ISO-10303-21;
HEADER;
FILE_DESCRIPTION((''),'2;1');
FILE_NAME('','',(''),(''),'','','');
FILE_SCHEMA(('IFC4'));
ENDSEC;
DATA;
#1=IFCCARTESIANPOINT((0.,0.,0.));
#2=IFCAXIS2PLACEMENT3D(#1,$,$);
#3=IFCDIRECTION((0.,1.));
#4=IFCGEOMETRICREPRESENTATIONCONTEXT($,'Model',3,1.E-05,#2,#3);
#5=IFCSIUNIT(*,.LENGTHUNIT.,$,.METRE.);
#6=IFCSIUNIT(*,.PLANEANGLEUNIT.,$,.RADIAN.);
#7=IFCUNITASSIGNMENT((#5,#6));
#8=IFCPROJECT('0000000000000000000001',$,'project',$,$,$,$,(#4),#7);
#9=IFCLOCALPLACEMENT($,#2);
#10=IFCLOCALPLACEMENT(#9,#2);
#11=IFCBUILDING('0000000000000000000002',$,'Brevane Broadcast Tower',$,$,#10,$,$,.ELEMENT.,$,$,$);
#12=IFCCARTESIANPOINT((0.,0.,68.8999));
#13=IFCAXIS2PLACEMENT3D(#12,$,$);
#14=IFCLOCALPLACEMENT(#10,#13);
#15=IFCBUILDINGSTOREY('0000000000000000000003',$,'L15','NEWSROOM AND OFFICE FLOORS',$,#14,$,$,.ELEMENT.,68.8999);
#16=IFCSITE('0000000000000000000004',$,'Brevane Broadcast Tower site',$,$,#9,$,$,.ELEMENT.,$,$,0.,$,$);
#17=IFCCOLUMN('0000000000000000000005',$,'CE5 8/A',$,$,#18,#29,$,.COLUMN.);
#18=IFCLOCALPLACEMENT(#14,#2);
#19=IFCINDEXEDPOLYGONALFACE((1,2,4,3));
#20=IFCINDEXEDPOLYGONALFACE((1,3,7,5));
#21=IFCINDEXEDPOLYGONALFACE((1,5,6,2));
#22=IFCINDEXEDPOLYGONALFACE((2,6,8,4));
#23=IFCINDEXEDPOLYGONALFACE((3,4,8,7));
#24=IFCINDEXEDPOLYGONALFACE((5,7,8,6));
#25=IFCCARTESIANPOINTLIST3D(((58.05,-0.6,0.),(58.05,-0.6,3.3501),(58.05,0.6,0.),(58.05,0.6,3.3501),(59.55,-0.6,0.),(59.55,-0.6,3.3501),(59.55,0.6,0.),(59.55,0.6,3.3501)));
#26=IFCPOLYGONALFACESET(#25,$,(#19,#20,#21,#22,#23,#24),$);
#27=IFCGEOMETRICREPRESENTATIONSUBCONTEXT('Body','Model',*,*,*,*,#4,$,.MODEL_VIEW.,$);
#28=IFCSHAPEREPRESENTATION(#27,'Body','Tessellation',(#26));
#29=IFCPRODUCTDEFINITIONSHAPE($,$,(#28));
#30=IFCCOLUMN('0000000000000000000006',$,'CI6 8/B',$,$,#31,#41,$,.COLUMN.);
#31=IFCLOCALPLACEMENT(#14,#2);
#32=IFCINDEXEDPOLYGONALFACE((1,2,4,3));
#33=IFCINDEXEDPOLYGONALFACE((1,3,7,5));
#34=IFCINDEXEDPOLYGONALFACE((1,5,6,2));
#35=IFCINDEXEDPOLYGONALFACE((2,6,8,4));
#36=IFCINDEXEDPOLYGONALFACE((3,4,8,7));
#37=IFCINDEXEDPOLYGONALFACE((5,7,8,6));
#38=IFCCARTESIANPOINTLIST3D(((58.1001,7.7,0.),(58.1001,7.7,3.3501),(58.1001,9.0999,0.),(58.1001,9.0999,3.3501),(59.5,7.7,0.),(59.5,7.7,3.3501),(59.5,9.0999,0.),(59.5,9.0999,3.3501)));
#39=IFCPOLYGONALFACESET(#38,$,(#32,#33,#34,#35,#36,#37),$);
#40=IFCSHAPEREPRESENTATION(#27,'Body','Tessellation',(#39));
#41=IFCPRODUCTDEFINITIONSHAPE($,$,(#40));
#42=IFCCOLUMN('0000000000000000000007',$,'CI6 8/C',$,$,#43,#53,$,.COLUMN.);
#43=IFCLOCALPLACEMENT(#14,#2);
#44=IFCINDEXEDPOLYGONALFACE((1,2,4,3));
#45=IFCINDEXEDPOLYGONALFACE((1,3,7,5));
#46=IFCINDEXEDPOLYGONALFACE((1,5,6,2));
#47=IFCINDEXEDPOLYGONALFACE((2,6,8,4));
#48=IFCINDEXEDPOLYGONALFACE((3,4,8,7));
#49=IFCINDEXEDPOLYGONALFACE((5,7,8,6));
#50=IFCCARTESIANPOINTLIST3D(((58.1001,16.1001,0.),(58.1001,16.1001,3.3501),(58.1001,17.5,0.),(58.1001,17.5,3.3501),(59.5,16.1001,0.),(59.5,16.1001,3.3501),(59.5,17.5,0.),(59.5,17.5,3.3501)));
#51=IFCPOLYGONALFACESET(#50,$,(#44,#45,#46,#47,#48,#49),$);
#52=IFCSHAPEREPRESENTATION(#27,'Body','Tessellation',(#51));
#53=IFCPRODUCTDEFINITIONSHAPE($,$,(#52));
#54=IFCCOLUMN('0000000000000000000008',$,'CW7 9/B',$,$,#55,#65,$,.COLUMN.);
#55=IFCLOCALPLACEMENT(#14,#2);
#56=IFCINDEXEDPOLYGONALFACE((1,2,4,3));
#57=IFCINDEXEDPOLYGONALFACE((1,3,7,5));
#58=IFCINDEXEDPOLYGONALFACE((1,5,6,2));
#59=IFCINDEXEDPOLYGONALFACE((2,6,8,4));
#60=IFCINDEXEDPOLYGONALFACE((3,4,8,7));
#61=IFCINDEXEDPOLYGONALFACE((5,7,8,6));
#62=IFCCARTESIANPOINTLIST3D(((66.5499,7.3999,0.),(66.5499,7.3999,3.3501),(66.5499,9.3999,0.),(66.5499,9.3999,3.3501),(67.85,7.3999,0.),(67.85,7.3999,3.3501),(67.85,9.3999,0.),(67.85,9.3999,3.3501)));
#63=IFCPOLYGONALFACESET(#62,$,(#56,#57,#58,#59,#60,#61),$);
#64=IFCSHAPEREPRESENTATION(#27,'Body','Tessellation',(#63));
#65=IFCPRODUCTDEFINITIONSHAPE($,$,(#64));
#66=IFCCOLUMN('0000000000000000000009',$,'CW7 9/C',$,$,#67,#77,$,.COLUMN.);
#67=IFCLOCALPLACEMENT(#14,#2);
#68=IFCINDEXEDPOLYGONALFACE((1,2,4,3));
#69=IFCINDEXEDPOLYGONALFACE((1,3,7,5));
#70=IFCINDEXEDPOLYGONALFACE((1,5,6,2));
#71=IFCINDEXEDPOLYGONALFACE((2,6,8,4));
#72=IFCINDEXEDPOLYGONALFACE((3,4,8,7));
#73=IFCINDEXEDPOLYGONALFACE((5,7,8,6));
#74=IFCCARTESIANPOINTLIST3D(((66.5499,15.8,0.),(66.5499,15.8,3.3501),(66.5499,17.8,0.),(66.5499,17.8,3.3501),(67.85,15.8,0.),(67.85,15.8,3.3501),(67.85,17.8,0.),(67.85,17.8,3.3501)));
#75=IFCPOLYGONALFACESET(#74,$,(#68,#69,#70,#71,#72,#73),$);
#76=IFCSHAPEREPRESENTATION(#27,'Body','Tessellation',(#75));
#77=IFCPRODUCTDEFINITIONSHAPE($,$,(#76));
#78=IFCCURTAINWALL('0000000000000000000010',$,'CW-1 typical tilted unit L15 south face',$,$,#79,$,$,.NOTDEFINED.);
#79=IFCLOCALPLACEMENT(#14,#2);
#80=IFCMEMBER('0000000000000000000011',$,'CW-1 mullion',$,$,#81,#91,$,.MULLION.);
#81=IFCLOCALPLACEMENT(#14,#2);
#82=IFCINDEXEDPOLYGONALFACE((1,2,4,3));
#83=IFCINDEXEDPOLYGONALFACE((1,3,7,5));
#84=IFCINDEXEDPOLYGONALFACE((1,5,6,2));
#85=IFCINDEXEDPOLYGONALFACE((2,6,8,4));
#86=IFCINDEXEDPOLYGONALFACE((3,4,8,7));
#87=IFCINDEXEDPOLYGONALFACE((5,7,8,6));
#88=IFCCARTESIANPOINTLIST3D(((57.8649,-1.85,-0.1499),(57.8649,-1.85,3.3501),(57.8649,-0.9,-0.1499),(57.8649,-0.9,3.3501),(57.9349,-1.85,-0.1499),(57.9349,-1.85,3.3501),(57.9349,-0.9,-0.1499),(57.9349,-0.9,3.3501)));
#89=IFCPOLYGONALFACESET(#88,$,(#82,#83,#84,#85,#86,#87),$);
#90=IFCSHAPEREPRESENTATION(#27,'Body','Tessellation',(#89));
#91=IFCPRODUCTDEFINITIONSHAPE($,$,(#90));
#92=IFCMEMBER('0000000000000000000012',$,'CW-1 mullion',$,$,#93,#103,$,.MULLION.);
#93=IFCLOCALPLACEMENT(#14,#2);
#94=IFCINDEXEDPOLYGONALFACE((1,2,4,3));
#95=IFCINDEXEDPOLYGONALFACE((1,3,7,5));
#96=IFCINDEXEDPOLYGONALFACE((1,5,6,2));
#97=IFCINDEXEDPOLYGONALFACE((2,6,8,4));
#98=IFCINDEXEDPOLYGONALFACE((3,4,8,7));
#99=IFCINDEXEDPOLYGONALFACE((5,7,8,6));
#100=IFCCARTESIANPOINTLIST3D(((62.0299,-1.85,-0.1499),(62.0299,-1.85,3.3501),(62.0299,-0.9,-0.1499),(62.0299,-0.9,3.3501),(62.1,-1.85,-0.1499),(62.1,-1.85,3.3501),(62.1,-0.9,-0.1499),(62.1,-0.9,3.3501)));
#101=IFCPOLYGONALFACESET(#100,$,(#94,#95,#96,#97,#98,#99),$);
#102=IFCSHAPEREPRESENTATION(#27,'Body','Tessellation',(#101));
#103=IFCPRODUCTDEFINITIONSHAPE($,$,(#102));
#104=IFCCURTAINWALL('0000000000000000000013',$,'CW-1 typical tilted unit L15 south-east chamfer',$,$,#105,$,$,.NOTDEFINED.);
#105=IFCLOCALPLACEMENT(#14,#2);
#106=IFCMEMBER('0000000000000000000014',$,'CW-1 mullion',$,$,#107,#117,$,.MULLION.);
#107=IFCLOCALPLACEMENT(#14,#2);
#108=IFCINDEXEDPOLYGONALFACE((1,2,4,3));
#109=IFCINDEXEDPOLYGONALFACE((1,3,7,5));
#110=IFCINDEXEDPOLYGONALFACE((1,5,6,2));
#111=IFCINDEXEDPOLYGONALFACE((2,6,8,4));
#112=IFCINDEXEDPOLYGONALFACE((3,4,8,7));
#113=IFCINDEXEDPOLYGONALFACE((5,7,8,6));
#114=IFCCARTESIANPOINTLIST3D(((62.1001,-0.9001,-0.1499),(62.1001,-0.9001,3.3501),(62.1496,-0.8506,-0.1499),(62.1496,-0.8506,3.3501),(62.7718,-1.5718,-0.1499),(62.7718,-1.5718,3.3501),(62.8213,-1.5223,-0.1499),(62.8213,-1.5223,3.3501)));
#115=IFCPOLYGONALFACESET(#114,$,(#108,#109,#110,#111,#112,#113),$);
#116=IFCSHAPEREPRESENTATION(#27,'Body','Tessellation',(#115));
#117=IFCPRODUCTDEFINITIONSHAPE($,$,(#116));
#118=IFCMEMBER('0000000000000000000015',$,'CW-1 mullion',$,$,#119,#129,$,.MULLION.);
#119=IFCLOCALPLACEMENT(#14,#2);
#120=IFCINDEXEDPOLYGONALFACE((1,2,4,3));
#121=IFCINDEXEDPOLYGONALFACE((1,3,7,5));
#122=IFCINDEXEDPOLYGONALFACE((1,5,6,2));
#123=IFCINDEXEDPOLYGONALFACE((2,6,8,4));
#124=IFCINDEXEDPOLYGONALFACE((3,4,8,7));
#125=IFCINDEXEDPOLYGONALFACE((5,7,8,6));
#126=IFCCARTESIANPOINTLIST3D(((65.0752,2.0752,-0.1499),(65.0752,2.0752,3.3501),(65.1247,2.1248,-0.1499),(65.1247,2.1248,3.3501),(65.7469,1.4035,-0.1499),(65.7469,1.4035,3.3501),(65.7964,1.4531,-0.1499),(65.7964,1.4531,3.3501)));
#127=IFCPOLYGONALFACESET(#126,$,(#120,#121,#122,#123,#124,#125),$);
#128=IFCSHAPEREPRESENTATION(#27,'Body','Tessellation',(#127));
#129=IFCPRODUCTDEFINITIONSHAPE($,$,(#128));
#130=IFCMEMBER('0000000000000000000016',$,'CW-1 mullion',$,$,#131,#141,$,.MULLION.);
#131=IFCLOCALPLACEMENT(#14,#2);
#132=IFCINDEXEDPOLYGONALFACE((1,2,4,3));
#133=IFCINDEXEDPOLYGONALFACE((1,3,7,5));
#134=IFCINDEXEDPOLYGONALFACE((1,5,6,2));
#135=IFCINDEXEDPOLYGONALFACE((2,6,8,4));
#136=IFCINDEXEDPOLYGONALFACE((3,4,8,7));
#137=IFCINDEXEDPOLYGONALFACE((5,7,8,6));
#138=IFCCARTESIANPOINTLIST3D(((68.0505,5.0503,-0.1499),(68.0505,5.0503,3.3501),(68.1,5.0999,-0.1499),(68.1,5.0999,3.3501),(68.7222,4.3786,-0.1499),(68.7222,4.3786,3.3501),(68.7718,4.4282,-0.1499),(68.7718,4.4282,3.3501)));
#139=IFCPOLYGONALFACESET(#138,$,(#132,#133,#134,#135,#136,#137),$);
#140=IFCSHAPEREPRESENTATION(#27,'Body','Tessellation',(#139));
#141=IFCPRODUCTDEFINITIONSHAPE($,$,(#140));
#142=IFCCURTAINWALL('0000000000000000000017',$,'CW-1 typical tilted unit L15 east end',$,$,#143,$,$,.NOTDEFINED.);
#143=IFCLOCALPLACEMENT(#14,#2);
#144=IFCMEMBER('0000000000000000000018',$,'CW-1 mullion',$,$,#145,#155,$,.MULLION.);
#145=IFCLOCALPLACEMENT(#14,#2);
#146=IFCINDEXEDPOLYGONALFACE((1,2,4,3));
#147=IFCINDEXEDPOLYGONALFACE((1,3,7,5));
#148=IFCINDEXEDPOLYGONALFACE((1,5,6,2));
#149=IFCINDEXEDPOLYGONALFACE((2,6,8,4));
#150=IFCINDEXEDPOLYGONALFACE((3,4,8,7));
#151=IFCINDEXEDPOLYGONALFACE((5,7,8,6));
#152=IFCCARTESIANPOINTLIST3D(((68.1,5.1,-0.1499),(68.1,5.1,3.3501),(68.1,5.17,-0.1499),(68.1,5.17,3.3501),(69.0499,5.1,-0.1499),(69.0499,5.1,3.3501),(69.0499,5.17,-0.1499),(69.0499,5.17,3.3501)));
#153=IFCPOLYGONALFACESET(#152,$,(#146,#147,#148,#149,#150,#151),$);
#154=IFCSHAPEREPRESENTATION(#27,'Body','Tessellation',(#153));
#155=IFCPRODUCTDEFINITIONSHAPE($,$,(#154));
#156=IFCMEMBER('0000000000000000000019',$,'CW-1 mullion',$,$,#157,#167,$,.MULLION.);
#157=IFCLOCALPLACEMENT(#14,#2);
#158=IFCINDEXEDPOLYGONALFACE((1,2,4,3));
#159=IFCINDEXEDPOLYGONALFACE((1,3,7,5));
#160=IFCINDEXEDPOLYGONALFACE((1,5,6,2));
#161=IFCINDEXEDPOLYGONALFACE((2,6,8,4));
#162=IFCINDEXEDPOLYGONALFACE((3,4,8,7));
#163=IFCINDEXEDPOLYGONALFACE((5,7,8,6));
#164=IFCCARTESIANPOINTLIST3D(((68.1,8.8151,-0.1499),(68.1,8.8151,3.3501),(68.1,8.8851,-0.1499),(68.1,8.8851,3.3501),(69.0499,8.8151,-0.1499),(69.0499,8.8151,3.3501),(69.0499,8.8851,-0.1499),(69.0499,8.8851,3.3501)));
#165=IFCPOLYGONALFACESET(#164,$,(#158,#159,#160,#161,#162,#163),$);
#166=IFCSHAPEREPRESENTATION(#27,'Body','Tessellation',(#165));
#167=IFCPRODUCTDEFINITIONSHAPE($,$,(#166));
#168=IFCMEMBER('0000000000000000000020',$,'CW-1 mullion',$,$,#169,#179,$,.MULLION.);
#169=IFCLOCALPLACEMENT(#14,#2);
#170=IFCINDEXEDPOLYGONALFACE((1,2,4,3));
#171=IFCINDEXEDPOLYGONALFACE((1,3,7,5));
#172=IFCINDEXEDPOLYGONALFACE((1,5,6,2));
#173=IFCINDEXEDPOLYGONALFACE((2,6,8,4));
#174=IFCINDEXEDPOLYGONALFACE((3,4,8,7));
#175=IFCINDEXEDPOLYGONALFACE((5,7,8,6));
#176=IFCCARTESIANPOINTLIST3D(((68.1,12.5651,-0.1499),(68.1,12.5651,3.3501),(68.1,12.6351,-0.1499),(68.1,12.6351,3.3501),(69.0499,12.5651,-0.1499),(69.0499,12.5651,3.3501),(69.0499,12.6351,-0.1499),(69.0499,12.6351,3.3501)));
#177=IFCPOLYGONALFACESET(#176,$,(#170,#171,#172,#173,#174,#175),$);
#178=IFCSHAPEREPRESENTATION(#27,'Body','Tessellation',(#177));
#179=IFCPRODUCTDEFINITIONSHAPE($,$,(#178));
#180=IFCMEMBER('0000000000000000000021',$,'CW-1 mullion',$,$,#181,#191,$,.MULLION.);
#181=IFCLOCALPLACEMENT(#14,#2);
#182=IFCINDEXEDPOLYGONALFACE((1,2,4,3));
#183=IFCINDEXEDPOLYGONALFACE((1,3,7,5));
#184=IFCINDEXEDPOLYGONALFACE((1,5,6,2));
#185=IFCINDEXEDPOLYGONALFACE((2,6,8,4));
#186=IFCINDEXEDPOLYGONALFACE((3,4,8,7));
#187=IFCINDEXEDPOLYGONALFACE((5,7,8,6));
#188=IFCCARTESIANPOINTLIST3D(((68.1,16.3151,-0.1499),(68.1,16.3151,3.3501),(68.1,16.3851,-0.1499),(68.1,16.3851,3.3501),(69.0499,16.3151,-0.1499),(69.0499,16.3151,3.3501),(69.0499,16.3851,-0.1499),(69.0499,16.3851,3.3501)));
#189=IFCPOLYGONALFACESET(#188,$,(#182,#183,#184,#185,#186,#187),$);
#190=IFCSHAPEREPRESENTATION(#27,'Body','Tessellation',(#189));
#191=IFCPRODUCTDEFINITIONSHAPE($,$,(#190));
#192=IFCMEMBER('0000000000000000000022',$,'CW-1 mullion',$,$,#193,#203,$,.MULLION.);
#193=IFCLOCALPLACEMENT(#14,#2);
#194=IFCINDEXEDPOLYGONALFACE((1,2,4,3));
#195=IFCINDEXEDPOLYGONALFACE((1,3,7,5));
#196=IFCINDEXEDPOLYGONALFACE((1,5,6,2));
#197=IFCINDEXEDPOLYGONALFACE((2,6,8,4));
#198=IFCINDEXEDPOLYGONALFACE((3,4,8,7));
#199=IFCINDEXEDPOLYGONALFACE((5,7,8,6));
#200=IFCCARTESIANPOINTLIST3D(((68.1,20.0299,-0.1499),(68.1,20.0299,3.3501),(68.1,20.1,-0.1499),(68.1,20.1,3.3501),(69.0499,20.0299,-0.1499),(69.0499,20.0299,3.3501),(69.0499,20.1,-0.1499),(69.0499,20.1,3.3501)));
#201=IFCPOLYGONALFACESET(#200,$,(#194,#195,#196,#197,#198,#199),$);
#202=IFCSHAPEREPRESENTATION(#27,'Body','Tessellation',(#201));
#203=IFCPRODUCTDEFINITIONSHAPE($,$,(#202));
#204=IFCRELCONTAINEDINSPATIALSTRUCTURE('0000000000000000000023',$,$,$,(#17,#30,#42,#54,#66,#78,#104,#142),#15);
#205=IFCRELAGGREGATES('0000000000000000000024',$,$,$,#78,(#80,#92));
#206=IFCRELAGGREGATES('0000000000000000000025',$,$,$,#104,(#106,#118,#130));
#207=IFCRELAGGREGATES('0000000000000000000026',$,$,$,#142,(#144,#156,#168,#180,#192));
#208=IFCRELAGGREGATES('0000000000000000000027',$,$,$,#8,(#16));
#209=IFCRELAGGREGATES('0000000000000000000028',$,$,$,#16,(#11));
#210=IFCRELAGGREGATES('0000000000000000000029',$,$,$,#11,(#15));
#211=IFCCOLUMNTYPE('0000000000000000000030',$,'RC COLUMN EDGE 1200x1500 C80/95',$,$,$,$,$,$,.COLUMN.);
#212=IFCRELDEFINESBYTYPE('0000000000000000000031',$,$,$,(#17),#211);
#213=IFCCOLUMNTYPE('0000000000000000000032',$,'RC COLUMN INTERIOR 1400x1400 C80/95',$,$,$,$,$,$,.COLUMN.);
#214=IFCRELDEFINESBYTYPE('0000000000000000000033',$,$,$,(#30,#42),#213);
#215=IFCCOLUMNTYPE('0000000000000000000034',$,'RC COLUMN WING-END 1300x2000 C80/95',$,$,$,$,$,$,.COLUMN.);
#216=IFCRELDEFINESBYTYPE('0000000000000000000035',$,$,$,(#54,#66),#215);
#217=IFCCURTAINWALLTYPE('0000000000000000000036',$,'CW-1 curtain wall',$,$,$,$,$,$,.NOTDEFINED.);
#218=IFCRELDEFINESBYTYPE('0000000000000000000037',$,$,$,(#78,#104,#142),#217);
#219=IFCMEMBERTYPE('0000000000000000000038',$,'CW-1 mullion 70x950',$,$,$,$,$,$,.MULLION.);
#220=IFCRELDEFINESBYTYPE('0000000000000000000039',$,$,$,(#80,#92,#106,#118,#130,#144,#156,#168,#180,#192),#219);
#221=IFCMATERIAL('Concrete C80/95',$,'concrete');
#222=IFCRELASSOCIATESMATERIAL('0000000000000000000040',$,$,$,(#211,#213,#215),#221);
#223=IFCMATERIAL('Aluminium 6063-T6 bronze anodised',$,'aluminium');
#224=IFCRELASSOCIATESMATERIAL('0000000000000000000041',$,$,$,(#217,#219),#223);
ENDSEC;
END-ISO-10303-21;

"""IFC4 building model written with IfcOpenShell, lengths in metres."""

from ifc_helpers import new_model, si_unit, direction, frame, origin, origin_2d, place, context, subcontext, project, spatial, rectangle, extrude, material, material_profile, profile_set, type_object, element, aggregate, save


model = new_model("IFC4")

# Units and contexts
model_context = context("Model", 3, precision=1e-05, world=origin(), true_north=direction((0.0, 1.0)))
body_context = subcontext(model_context, "Body", "Model", "MODEL_VIEW")
ifc_project = project(units=[si_unit("LENGTHUNIT", "METRE"), si_unit("PLANEANGLEUNIT", "RADIAN")], contexts=[model_context])

# Site, building, storey
site_placement = place(None, origin())
site = spatial("IfcSite", under=ifc_project, at=site_placement, Name="Brevane Broadcast Tower site", CompositionType="ELEMENT", RefElevation=0.0)
building_placement = place(site_placement, origin())
building = spatial("IfcBuilding", under=site, at=building_placement, Name="Brevane Broadcast Tower", CompositionType="ELEMENT")
storey_placement = place(building_placement, frame((0.0, 0.0, 68.8999)))
storey = spatial("IfcBuildingStorey", under=building, at=storey_placement, Name="L15", Description="NEWSROOM AND OFFICE FLOORS", CompositionType="ELEMENT", Elevation=68.8999)

# Columns
ifc_material_1 = material(Name="Concrete C80/95", Category="concrete")
ifc_material_profile_1 = material_profile(ifc_material_1, rectangle(XDim=1.2, YDim=1.5, at=origin_2d()), Name="RC 1200x1500")
ifc_profile_set_1 = profile_set([ifc_material_profile_1], Name="Concrete C80/95")
column_type_1 = type_object("IfcColumnType", Name="RC COLUMN EDGE 1200x1500 C80/95", PredefinedType="COLUMN", material=ifc_profile_set_1)
column_placement = place(storey_placement, frame((58.8, 0.0, 0.0), z_axis=(0.0, 0.0, 1.0), x_axis=(0.0, 1.0, 0.0)))
element("IfcColumn", 1, at=column_placement, inside=storey, type_object=column_type_1, Name="CE5 8/A", PredefinedType="COLUMN", context=body_context, shape_type="SweptSolid", body=[
    extrude(rectangle(XDim=1.2, YDim=1.5, at=origin_2d()), origin(), (0.0, 0.0, 1.0), 3.3501),
])
ifc_material_profile_2 = material_profile(ifc_material_1, rectangle(XDim=1.3999, YDim=1.3999, at=origin_2d()), Name="RC 1400x1400")
ifc_profile_set_2 = profile_set([ifc_material_profile_2], Name="Concrete C80/95")
column_type_2 = type_object("IfcColumnType", Name="RC COLUMN INTERIOR 1400x1400 C80/95", PredefinedType="COLUMN", material=ifc_profile_set_2)
for number, where, z_axis, x_axis, name in (
    (2, (58.8, 8.3999, 0.0), (0.0, 0.0, 1.0), (1.0, 0.0, 0.0), "CI6 8/B"),
    (3, (58.8, 16.8, 0.0), (0.0, 0.0, 1.0), (1.0, 0.0, 0.0), "CI6 8/C"),
):
    element("IfcColumn", number, at=place(storey_placement, frame(where, z_axis=z_axis, x_axis=x_axis)), inside=storey, type_object=column_type_2, Name=name, PredefinedType="COLUMN", context=body_context, shape_type="SweptSolid", body=[
        extrude(rectangle(XDim=1.3999, YDim=1.3999, at=origin_2d()), origin(), (0.0, 0.0, 1.0), 3.3501),
    ])
ifc_material_profile_3 = material_profile(ifc_material_1, rectangle(XDim=1.3, YDim=2.0, at=origin_2d()), Name="RC 1300x2000")
ifc_profile_set_3 = profile_set([ifc_material_profile_3], Name="Concrete C80/95")
column_type_3 = type_object("IfcColumnType", Name="RC COLUMN WING-END 1300x2000 C80/95", PredefinedType="COLUMN", material=ifc_profile_set_3)
for number, where, z_axis, x_axis, name in (
    (4, (67.2, 8.3999, 0.0), (0.0, 0.0, 1.0), (1.0, 0.0, 0.0), "CW7 9/B"),
    (5, (67.2, 16.8, 0.0), (0.0, 0.0, 1.0), (1.0, 0.0, 0.0), "CW7 9/C"),
):
    element("IfcColumn", number, at=place(storey_placement, frame(where, z_axis=z_axis, x_axis=x_axis)), inside=storey, type_object=column_type_3, Name=name, PredefinedType="COLUMN", context=body_context, shape_type="SweptSolid", body=[
        extrude(rectangle(XDim=1.3, YDim=2.0, at=origin_2d()), origin(), (0.0, 0.0, 1.0), 3.3501),
    ])

# Curtain walls, members
ifc_material_2 = material(Name="Aluminium 6063-T6 bronze anodised", Category="aluminium")
curtain_wall_type = type_object("IfcCurtainWallType", Name="CW-1 curtain wall", PredefinedType="NOTDEFINED", material=ifc_material_2)
curtain_wall_1_placement = place(storey_placement, origin())
curtain_wall_1 = element("IfcCurtainWall", 6, at=curtain_wall_1_placement, inside=storey, type_object=curtain_wall_type, Name="CW-1 typical tilted unit L15 south face", PredefinedType="NOTDEFINED")
ifc_material_profile_4 = material_profile(ifc_material_2, rectangle(XDim=0.95, YDim=0.0701, at=origin_2d()), Name="RECT 70x950")
ifc_profile_set_4 = profile_set([ifc_material_profile_4], Name="Aluminium 6063-T6 bronze anodised")
member_type_1 = type_object("IfcMemberType", Name="CW-1 mullion 70x950", PredefinedType="MULLION", material=ifc_profile_set_4)
member_1_placement = place(storey_placement, frame((57.8999, -1.375, -0.1499), z_axis=(0.0, 0.0, 1.0), x_axis=(0.0, 1.0, 0.0)))
member_1 = element("IfcMember", 7, at=member_1_placement, type_object=member_type_1, Name="CW-1 mullion", PredefinedType="MULLION", context=body_context, shape_type="SweptSolid", body=[
    extrude(rectangle(XDim=0.95, YDim=0.0701, at=origin_2d()), origin(), (0.0, 0.0, 1.0), 3.5),
])
member_2_placement = place(storey_placement, frame((62.0649, -1.375, -0.1499), z_axis=(0.0, 0.0, 1.0), x_axis=(0.0, 1.0, 0.0)))
member_2 = element("IfcMember", 8, at=member_2_placement, type_object=member_type_1, Name="CW-1 mullion", PredefinedType="MULLION", context=body_context, shape_type="SweptSolid", body=[
    extrude(rectangle(XDim=0.95, YDim=0.0701, at=origin_2d()), origin(), (0.0, 0.0, 1.0), 3.5),
])
aggregate(curtain_wall_1, [member_1, member_2])
curtain_wall_2_placement = place(storey_placement, origin())
curtain_wall_2 = element("IfcCurtainWall", 9, at=curtain_wall_2_placement, inside=storey, type_object=curtain_wall_type, Name="CW-1 typical tilted unit L15 south-east chamfer", PredefinedType="NOTDEFINED")
member_3_placement = place(storey_placement, frame((62.4607, -1.2112, -0.1499), z_axis=(0.0, 0.0, 1.0), x_axis=(-0.707107, 0.707107, 0.0)))
member_3 = element("IfcMember", 10, at=member_3_placement, type_object=member_type_1, Name="CW-1 mullion", PredefinedType="MULLION", context=body_context, shape_type="SweptSolid", body=[
    extrude(rectangle(XDim=0.95, YDim=0.0701, at=origin_2d()), origin(), (0.0, 0.0, 1.0), 3.5),
])
member_4_placement = place(storey_placement, frame((65.4358, 1.7642, -0.1499), z_axis=(0.0, 0.0, 1.0), x_axis=(-0.707107, 0.707107, 0.0)))
member_4 = element("IfcMember", 11, at=member_4_placement, type_object=member_type_1, Name="CW-1 mullion", PredefinedType="MULLION", context=body_context, shape_type="SweptSolid", body=[
    extrude(rectangle(XDim=0.95, YDim=0.0701, at=origin_2d()), origin(), (0.0, 0.0, 1.0), 3.5),
])
member_5_placement = place(storey_placement, frame((68.4111, 4.7393, -0.1499), z_axis=(0.0, 0.0, 1.0), x_axis=(-0.707107, 0.707107, 0.0)))
member_5 = element("IfcMember", 12, at=member_5_placement, type_object=member_type_1, Name="CW-1 mullion", PredefinedType="MULLION", context=body_context, shape_type="SweptSolid", body=[
    extrude(rectangle(XDim=0.95, YDim=0.0701, at=origin_2d()), origin(), (0.0, 0.0, 1.0), 3.5),
])
curtain_wall_3_placement = place(storey_placement, origin())
curtain_wall_3 = element("IfcCurtainWall", 13, at=curtain_wall_3_placement, inside=storey, type_object=curtain_wall_type, Name="CW-1 typical tilted unit L15 east end", PredefinedType="NOTDEFINED")
member_6_placement = place(storey_placement, frame((68.575, 5.135, -0.1499), z_axis=(0.0, 0.0, 1.0), x_axis=(-1.0, 0.0, 0.0)))
member_6 = element("IfcMember", 14, at=member_6_placement, type_object=member_type_1, Name="CW-1 mullion", PredefinedType="MULLION", context=body_context, shape_type="SweptSolid", body=[
    extrude(rectangle(XDim=0.95, YDim=0.0701, at=origin_2d()), origin(), (0.0, 0.0, 1.0), 3.5),
])
member_7_placement = place(storey_placement, frame((68.575, 8.8501, -0.1499), z_axis=(0.0, 0.0, 1.0), x_axis=(-1.0, 0.0, 0.0)))
member_7 = element("IfcMember", 15, at=member_7_placement, type_object=member_type_1, Name="CW-1 mullion", PredefinedType="MULLION", context=body_context, shape_type="SweptSolid", body=[
    extrude(rectangle(XDim=0.95, YDim=0.0701, at=origin_2d()), origin(), (0.0, 0.0, 1.0), 3.5),
])
member_8_placement = place(storey_placement, frame((68.575, 12.6001, -0.1499), z_axis=(0.0, 0.0, 1.0), x_axis=(-1.0, 0.0, 0.0)))
member_8 = element("IfcMember", 16, at=member_8_placement, type_object=member_type_1, Name="CW-1 mullion", PredefinedType="MULLION", context=body_context, shape_type="SweptSolid", body=[
    extrude(rectangle(XDim=0.95, YDim=0.0701, at=origin_2d()), origin(), (0.0, 0.0, 1.0), 3.5),
])
member_9_placement = place(storey_placement, frame((68.575, 16.3501, -0.1499), z_axis=(0.0, 0.0, 1.0), x_axis=(-1.0, 0.0, 0.0)))
member_9 = element("IfcMember", 17, at=member_9_placement, type_object=member_type_1, Name="CW-1 mullion", PredefinedType="MULLION", context=body_context, shape_type="SweptSolid", body=[
    extrude(rectangle(XDim=0.95, YDim=0.0701, at=origin_2d()), origin(), (0.0, 0.0, 1.0), 3.5),
])
member_10_placement = place(storey_placement, frame((68.575, 20.0649, -0.1499), z_axis=(0.0, 0.0, 1.0), x_axis=(-1.0, 0.0, 0.0)))
member_10 = element("IfcMember", 18, at=member_10_placement, type_object=member_type_1, Name="CW-1 mullion", PredefinedType="MULLION", context=body_context, shape_type="SweptSolid", body=[
    extrude(rectangle(XDim=0.95, YDim=0.0701, at=origin_2d()), origin(), (0.0, 0.0, 1.0), 3.5),
])

aggregate(curtain_wall_2, [member_3, member_4, member_5])
aggregate(curtain_wall_3, [member_6, member_7, member_8, member_9, member_10])

save(model, "model.ifc")
